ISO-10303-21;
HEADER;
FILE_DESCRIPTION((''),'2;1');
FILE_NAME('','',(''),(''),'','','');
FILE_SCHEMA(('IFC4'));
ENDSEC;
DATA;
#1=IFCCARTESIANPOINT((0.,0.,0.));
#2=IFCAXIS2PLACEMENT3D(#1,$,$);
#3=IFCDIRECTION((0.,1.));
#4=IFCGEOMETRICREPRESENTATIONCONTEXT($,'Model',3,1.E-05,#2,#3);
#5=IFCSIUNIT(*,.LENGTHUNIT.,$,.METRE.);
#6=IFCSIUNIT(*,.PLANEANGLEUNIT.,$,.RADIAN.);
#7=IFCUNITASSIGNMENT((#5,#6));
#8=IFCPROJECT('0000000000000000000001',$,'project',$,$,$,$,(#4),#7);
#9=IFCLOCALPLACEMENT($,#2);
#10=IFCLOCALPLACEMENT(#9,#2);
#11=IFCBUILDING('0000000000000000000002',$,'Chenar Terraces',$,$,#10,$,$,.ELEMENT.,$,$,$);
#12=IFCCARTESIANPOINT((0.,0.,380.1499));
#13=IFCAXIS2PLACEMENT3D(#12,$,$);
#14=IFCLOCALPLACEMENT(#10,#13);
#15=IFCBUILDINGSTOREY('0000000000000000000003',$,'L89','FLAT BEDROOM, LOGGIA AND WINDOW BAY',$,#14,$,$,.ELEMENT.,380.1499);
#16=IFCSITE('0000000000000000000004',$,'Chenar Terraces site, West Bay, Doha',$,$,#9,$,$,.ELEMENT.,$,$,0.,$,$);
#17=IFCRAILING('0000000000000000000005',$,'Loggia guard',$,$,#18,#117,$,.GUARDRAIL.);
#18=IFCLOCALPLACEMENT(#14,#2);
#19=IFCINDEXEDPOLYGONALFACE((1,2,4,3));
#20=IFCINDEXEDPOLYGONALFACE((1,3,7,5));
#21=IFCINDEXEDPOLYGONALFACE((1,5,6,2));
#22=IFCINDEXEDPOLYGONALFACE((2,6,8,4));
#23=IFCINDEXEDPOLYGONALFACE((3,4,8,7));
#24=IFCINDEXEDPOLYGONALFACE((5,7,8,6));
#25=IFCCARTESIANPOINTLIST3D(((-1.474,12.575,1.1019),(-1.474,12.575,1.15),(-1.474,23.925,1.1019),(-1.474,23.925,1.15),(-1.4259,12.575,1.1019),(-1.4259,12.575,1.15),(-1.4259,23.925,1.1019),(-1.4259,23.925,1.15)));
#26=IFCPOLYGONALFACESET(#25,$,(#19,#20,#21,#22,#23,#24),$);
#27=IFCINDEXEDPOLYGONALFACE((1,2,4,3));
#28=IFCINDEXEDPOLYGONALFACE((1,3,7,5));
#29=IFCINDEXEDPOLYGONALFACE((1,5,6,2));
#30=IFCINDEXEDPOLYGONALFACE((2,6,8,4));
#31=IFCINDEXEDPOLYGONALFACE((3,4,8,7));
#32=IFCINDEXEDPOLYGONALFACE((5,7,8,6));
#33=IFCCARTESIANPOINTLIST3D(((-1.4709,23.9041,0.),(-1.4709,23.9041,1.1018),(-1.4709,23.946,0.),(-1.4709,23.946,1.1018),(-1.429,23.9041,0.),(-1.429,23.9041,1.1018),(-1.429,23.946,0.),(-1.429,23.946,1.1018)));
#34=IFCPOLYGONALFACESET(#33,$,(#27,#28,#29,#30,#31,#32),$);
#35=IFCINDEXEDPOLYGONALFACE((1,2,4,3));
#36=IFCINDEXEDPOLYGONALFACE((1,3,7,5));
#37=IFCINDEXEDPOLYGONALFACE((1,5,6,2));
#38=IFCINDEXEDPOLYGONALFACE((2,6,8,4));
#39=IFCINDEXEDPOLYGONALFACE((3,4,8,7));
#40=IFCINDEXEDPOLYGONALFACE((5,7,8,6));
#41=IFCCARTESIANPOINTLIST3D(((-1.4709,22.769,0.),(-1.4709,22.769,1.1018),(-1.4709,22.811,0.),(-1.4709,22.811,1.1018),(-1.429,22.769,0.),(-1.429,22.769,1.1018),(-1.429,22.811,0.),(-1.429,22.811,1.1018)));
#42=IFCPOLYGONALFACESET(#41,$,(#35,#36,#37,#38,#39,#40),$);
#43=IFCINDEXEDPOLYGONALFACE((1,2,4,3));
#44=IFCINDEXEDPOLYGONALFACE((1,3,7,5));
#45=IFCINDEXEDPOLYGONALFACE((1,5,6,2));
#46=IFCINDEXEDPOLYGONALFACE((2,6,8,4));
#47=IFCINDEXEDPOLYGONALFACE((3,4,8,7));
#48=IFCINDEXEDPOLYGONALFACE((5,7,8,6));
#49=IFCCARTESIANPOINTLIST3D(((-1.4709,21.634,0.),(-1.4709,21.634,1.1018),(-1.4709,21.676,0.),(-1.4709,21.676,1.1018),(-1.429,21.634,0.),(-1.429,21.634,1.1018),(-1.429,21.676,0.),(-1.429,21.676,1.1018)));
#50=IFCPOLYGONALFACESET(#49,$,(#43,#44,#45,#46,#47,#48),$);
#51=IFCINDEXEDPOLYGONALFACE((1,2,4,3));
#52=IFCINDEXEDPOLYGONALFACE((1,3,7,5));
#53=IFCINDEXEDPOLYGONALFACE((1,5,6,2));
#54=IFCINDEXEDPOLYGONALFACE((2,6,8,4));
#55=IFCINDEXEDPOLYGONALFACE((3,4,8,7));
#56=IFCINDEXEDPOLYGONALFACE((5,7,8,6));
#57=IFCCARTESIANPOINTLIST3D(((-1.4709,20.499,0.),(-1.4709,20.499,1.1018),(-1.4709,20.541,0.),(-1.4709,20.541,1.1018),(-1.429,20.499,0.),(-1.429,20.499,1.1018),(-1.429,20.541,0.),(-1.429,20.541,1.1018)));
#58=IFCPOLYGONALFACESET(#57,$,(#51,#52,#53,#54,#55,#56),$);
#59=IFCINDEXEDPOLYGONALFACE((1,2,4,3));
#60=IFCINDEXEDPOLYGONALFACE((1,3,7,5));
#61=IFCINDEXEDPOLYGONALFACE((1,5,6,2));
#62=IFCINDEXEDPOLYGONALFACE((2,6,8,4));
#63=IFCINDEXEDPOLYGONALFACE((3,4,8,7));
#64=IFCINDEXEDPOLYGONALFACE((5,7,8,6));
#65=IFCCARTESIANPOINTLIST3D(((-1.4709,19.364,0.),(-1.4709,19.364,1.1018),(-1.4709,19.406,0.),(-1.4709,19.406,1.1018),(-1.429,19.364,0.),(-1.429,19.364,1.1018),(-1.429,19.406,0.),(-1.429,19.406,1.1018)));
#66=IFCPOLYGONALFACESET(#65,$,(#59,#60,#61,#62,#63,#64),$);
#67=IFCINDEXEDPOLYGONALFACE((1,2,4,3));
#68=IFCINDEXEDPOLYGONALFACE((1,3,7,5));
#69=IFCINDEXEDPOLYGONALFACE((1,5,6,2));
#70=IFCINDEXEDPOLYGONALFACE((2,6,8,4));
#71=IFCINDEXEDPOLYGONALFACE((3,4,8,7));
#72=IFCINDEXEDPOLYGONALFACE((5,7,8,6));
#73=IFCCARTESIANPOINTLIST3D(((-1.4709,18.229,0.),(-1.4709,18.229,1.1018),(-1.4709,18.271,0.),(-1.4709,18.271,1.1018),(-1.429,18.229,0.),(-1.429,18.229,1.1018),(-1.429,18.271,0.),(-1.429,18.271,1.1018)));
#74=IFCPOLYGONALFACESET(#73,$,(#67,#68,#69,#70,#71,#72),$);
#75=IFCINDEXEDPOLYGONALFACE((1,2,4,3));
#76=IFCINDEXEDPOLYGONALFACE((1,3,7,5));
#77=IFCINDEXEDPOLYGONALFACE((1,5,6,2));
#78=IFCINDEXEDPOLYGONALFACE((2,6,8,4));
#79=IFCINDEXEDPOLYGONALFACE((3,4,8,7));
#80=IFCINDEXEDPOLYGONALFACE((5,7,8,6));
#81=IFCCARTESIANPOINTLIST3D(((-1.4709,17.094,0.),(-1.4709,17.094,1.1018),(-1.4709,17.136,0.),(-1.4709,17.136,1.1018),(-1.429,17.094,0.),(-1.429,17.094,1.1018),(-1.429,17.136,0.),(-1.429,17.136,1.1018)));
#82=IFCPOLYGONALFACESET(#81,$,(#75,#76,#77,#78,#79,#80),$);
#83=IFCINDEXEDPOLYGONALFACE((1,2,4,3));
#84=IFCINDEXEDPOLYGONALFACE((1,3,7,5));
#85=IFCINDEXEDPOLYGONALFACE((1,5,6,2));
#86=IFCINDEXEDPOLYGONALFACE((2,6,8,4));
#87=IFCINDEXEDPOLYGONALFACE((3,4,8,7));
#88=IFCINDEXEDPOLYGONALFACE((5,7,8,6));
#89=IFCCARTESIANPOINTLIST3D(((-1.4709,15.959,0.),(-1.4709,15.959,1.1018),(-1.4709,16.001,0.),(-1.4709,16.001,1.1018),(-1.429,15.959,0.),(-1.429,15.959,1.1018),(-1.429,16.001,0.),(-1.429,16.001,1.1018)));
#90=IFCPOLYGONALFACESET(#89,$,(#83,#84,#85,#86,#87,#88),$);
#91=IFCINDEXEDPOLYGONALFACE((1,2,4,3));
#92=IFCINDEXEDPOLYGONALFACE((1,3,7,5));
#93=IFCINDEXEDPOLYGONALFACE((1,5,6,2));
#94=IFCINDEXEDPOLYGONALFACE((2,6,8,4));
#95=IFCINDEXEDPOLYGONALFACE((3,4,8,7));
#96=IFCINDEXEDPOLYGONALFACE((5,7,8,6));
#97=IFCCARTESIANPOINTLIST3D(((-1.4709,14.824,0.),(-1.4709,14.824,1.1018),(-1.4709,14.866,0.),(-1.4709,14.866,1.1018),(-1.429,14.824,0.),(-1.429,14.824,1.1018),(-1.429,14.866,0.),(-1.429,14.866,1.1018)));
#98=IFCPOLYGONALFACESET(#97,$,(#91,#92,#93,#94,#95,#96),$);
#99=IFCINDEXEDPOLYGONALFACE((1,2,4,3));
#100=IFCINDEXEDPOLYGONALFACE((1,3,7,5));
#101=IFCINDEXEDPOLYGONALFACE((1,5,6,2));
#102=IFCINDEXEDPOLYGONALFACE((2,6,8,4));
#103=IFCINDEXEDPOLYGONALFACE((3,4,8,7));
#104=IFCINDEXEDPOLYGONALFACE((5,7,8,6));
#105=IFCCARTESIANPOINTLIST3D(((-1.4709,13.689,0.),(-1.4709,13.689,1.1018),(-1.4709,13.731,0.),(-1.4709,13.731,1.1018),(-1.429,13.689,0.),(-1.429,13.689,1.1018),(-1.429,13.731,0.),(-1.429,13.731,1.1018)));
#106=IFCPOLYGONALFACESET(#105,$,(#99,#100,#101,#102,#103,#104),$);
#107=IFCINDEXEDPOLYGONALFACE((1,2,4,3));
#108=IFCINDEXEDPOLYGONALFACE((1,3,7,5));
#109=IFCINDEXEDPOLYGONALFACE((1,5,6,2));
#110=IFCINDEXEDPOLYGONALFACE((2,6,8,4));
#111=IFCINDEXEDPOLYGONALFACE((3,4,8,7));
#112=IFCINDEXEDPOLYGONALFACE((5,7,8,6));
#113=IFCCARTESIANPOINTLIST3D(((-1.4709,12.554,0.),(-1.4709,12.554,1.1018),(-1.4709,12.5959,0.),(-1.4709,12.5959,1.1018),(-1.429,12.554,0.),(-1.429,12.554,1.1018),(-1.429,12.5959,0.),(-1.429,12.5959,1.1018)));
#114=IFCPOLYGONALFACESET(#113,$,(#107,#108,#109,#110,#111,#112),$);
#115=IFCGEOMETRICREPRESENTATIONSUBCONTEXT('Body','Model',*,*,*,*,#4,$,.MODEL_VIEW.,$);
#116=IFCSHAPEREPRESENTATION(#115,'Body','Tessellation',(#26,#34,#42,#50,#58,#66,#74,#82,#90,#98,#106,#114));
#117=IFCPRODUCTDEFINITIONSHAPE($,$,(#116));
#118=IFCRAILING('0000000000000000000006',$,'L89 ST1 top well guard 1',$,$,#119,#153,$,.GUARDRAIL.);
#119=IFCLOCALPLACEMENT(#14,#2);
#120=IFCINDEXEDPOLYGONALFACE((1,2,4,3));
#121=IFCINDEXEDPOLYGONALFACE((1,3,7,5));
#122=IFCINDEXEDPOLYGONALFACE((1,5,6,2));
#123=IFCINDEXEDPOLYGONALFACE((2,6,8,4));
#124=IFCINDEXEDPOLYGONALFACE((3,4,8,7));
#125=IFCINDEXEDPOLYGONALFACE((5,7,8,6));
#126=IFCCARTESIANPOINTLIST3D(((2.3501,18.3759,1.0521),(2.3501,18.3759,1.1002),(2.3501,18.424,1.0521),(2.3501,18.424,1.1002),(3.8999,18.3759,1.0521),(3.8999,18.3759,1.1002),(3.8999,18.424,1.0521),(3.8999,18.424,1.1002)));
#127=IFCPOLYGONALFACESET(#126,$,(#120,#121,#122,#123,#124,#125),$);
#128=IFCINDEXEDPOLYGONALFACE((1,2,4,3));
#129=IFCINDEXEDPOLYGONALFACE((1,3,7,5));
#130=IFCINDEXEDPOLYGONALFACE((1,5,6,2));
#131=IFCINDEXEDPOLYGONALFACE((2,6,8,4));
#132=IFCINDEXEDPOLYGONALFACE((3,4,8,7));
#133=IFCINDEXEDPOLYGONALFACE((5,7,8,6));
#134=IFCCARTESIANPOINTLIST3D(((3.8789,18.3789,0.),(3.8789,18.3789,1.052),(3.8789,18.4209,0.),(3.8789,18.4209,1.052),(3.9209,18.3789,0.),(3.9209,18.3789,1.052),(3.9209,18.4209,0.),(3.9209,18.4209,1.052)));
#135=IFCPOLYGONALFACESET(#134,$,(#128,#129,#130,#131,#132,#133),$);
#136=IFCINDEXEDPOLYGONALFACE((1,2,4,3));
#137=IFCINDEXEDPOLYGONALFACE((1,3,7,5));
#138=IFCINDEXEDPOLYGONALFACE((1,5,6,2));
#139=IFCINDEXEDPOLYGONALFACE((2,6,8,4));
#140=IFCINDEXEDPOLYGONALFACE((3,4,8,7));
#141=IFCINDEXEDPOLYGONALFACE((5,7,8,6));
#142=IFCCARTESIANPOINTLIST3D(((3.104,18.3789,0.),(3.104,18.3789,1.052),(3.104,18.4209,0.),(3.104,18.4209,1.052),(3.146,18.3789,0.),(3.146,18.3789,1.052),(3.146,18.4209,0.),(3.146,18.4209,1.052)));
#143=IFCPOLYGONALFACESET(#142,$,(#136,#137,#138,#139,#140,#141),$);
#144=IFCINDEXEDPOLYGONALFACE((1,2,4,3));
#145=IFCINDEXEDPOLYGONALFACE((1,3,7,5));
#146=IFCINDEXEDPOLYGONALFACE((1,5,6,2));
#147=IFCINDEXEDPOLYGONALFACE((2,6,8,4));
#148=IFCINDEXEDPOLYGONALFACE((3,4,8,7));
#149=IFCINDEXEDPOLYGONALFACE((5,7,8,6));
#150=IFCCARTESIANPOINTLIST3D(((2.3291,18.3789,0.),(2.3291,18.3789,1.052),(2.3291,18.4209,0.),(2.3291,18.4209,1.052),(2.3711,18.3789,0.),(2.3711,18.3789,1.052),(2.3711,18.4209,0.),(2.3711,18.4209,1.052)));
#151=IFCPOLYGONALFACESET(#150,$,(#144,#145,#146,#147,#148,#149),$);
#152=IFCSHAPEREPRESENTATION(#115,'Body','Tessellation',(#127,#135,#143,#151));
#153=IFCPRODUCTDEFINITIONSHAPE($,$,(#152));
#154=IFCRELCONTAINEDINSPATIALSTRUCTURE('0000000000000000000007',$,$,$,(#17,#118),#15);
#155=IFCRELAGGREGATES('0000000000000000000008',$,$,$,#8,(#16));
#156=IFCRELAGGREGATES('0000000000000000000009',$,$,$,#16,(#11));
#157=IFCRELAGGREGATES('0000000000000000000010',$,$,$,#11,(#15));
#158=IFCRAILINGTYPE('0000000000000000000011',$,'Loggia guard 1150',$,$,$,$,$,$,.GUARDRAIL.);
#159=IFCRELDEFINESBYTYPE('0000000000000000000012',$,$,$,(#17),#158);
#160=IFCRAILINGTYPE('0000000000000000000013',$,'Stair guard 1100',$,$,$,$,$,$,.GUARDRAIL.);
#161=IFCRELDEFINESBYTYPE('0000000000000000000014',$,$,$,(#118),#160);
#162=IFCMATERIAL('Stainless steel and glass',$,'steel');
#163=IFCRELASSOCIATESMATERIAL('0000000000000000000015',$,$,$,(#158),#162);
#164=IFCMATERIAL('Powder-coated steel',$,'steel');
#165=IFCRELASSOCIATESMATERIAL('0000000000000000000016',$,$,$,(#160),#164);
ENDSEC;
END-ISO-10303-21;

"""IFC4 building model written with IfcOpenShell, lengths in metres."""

from ifc_helpers import new_model, si_unit, direction, frame, origin, origin_2d, place, context, subcontext, project, spatial, rectangle, extrude, material, type_object, element, save


model = new_model("IFC4")

# Units and contexts
model_context = context("Model", 3, precision=1e-05, world=origin(), true_north=direction((0.0, 1.0)))
body_context = subcontext(model_context, "Body", "Model", "MODEL_VIEW")
ifc_project = project(units=[si_unit("LENGTHUNIT", "METRE"), si_unit("PLANEANGLEUNIT", "RADIAN")], contexts=[model_context])

# Site, building, storey
site_placement = place(None, origin())
site = spatial("IfcSite", under=ifc_project, at=site_placement, Name="Chenar Terraces site, West Bay, Doha", CompositionType="ELEMENT", RefElevation=0.0)
building_placement = place(site_placement, origin())
building = spatial("IfcBuilding", under=site, at=building_placement, Name="Chenar Terraces", CompositionType="ELEMENT")
storey_placement = place(building_placement, frame((0.0, 0.0, 380.1499)))
storey = spatial("IfcBuildingStorey", under=building, at=storey_placement, Name="L89", Description="FLAT BEDROOM, LOGGIA AND WINDOW BAY", CompositionType="ELEMENT", Elevation=380.1499)

# Railings
ifc_material_1 = material(Name="Stainless steel and glass", Category="steel")
railing_type_1 = type_object("IfcRailingType", Name="Loggia guard 1150", PredefinedType="GUARDRAIL", material=ifc_material_1)
railing_1_placement = place(storey_placement, frame((-1.45, 23.925, 0.0)))
element("IfcRailing", 1, at=railing_1_placement, inside=storey, type_object=railing_type_1, Name="Loggia guard", PredefinedType="GUARDRAIL", context=body_context, shape_type="SweptSolid", body=[
    extrude(rectangle(XDim=0.0481, YDim=0.0481, at=origin_2d()), frame((0.0, 0.0, 1.126), z_axis=(0.0, -1.0, 0.0), x_axis=(1.0, 0.0, 0.0)), (0.0, 0.0, 1.0), 11.3501),
    extrude(rectangle(XDim=0.042, YDim=0.042, at=origin_2d()), origin(), (0.0, 0.0, 1.0), 1.1018),
    extrude(rectangle(XDim=0.042, YDim=0.042, at=origin_2d()), frame((0.0, -1.135, 0.0)), (0.0, 0.0, 1.0), 1.1018),
    extrude(rectangle(XDim=0.042, YDim=0.042, at=origin_2d()), frame((0.0, -2.27, 0.0)), (0.0, 0.0, 1.0), 1.1018),
    extrude(rectangle(XDim=0.042, YDim=0.042, at=origin_2d()), frame((0.0, -3.405, 0.0)), (0.0, 0.0, 1.0), 1.1018),
    extrude(rectangle(XDim=0.042, YDim=0.042, at=origin_2d()), frame((0.0, -4.54, 0.0)), (0.0, 0.0, 1.0), 1.1018),
    extrude(rectangle(XDim=0.042, YDim=0.042, at=origin_2d()), frame((0.0, -5.675, 0.0)), (0.0, 0.0, 1.0), 1.1018),
    extrude(rectangle(XDim=0.042, YDim=0.042, at=origin_2d()), frame((0.0, -6.8101, 0.0)), (0.0, 0.0, 1.0), 1.1018),
    extrude(rectangle(XDim=0.042, YDim=0.042, at=origin_2d()), frame((0.0, -7.9451, 0.0)), (0.0, 0.0, 1.0), 1.1018),
    extrude(rectangle(XDim=0.042, YDim=0.042, at=origin_2d()), frame((0.0, -9.0801, 0.0)), (0.0, 0.0, 1.0), 1.1018),
    extrude(rectangle(XDim=0.042, YDim=0.042, at=origin_2d()), frame((0.0, -10.2151, 0.0)), (0.0, 0.0, 1.0), 1.1018),
    extrude(rectangle(XDim=0.042, YDim=0.042, at=origin_2d()), frame((0.0, -11.3501, 0.0)), (0.0, 0.0, 1.0), 1.1018),
])
ifc_material_2 = material(Name="Powder-coated steel", Category="steel")
railing_type_2 = type_object("IfcRailingType", Name="Stair guard 1100", PredefinedType="GUARDRAIL", material=ifc_material_2)
railing_2_placement = place(storey_placement, frame((3.8999, 18.3999, 0.0)))
element("IfcRailing", 2, at=railing_2_placement, inside=storey, type_object=railing_type_2, Name="L89 ST1 top well guard 1", PredefinedType="GUARDRAIL", context=body_context, shape_type="SweptSolid", body=[
    extrude(rectangle(XDim=0.0481, YDim=0.0481, at=origin_2d()), frame((0.0, 0.0, 1.0762), z_axis=(-1.0, 0.0, 0.0), x_axis=(0.0, -1.0, 0.0)), (0.0, 0.0, 1.0), 1.5498),
    extrude(rectangle(XDim=0.042, YDim=0.042, at=origin_2d()), origin(), (0.0, 0.0, 1.0), 1.052),
    extrude(rectangle(XDim=0.042, YDim=0.042, at=origin_2d()), frame((-0.7749, 0.0, 0.0)), (0.0, 0.0, 1.0), 1.052),
    extrude(rectangle(XDim=0.042, YDim=0.042, at=origin_2d()), frame((-1.5498, 0.0, 0.0)), (0.0, 0.0, 1.0), 1.052),
])

save(model, "model.ifc")
